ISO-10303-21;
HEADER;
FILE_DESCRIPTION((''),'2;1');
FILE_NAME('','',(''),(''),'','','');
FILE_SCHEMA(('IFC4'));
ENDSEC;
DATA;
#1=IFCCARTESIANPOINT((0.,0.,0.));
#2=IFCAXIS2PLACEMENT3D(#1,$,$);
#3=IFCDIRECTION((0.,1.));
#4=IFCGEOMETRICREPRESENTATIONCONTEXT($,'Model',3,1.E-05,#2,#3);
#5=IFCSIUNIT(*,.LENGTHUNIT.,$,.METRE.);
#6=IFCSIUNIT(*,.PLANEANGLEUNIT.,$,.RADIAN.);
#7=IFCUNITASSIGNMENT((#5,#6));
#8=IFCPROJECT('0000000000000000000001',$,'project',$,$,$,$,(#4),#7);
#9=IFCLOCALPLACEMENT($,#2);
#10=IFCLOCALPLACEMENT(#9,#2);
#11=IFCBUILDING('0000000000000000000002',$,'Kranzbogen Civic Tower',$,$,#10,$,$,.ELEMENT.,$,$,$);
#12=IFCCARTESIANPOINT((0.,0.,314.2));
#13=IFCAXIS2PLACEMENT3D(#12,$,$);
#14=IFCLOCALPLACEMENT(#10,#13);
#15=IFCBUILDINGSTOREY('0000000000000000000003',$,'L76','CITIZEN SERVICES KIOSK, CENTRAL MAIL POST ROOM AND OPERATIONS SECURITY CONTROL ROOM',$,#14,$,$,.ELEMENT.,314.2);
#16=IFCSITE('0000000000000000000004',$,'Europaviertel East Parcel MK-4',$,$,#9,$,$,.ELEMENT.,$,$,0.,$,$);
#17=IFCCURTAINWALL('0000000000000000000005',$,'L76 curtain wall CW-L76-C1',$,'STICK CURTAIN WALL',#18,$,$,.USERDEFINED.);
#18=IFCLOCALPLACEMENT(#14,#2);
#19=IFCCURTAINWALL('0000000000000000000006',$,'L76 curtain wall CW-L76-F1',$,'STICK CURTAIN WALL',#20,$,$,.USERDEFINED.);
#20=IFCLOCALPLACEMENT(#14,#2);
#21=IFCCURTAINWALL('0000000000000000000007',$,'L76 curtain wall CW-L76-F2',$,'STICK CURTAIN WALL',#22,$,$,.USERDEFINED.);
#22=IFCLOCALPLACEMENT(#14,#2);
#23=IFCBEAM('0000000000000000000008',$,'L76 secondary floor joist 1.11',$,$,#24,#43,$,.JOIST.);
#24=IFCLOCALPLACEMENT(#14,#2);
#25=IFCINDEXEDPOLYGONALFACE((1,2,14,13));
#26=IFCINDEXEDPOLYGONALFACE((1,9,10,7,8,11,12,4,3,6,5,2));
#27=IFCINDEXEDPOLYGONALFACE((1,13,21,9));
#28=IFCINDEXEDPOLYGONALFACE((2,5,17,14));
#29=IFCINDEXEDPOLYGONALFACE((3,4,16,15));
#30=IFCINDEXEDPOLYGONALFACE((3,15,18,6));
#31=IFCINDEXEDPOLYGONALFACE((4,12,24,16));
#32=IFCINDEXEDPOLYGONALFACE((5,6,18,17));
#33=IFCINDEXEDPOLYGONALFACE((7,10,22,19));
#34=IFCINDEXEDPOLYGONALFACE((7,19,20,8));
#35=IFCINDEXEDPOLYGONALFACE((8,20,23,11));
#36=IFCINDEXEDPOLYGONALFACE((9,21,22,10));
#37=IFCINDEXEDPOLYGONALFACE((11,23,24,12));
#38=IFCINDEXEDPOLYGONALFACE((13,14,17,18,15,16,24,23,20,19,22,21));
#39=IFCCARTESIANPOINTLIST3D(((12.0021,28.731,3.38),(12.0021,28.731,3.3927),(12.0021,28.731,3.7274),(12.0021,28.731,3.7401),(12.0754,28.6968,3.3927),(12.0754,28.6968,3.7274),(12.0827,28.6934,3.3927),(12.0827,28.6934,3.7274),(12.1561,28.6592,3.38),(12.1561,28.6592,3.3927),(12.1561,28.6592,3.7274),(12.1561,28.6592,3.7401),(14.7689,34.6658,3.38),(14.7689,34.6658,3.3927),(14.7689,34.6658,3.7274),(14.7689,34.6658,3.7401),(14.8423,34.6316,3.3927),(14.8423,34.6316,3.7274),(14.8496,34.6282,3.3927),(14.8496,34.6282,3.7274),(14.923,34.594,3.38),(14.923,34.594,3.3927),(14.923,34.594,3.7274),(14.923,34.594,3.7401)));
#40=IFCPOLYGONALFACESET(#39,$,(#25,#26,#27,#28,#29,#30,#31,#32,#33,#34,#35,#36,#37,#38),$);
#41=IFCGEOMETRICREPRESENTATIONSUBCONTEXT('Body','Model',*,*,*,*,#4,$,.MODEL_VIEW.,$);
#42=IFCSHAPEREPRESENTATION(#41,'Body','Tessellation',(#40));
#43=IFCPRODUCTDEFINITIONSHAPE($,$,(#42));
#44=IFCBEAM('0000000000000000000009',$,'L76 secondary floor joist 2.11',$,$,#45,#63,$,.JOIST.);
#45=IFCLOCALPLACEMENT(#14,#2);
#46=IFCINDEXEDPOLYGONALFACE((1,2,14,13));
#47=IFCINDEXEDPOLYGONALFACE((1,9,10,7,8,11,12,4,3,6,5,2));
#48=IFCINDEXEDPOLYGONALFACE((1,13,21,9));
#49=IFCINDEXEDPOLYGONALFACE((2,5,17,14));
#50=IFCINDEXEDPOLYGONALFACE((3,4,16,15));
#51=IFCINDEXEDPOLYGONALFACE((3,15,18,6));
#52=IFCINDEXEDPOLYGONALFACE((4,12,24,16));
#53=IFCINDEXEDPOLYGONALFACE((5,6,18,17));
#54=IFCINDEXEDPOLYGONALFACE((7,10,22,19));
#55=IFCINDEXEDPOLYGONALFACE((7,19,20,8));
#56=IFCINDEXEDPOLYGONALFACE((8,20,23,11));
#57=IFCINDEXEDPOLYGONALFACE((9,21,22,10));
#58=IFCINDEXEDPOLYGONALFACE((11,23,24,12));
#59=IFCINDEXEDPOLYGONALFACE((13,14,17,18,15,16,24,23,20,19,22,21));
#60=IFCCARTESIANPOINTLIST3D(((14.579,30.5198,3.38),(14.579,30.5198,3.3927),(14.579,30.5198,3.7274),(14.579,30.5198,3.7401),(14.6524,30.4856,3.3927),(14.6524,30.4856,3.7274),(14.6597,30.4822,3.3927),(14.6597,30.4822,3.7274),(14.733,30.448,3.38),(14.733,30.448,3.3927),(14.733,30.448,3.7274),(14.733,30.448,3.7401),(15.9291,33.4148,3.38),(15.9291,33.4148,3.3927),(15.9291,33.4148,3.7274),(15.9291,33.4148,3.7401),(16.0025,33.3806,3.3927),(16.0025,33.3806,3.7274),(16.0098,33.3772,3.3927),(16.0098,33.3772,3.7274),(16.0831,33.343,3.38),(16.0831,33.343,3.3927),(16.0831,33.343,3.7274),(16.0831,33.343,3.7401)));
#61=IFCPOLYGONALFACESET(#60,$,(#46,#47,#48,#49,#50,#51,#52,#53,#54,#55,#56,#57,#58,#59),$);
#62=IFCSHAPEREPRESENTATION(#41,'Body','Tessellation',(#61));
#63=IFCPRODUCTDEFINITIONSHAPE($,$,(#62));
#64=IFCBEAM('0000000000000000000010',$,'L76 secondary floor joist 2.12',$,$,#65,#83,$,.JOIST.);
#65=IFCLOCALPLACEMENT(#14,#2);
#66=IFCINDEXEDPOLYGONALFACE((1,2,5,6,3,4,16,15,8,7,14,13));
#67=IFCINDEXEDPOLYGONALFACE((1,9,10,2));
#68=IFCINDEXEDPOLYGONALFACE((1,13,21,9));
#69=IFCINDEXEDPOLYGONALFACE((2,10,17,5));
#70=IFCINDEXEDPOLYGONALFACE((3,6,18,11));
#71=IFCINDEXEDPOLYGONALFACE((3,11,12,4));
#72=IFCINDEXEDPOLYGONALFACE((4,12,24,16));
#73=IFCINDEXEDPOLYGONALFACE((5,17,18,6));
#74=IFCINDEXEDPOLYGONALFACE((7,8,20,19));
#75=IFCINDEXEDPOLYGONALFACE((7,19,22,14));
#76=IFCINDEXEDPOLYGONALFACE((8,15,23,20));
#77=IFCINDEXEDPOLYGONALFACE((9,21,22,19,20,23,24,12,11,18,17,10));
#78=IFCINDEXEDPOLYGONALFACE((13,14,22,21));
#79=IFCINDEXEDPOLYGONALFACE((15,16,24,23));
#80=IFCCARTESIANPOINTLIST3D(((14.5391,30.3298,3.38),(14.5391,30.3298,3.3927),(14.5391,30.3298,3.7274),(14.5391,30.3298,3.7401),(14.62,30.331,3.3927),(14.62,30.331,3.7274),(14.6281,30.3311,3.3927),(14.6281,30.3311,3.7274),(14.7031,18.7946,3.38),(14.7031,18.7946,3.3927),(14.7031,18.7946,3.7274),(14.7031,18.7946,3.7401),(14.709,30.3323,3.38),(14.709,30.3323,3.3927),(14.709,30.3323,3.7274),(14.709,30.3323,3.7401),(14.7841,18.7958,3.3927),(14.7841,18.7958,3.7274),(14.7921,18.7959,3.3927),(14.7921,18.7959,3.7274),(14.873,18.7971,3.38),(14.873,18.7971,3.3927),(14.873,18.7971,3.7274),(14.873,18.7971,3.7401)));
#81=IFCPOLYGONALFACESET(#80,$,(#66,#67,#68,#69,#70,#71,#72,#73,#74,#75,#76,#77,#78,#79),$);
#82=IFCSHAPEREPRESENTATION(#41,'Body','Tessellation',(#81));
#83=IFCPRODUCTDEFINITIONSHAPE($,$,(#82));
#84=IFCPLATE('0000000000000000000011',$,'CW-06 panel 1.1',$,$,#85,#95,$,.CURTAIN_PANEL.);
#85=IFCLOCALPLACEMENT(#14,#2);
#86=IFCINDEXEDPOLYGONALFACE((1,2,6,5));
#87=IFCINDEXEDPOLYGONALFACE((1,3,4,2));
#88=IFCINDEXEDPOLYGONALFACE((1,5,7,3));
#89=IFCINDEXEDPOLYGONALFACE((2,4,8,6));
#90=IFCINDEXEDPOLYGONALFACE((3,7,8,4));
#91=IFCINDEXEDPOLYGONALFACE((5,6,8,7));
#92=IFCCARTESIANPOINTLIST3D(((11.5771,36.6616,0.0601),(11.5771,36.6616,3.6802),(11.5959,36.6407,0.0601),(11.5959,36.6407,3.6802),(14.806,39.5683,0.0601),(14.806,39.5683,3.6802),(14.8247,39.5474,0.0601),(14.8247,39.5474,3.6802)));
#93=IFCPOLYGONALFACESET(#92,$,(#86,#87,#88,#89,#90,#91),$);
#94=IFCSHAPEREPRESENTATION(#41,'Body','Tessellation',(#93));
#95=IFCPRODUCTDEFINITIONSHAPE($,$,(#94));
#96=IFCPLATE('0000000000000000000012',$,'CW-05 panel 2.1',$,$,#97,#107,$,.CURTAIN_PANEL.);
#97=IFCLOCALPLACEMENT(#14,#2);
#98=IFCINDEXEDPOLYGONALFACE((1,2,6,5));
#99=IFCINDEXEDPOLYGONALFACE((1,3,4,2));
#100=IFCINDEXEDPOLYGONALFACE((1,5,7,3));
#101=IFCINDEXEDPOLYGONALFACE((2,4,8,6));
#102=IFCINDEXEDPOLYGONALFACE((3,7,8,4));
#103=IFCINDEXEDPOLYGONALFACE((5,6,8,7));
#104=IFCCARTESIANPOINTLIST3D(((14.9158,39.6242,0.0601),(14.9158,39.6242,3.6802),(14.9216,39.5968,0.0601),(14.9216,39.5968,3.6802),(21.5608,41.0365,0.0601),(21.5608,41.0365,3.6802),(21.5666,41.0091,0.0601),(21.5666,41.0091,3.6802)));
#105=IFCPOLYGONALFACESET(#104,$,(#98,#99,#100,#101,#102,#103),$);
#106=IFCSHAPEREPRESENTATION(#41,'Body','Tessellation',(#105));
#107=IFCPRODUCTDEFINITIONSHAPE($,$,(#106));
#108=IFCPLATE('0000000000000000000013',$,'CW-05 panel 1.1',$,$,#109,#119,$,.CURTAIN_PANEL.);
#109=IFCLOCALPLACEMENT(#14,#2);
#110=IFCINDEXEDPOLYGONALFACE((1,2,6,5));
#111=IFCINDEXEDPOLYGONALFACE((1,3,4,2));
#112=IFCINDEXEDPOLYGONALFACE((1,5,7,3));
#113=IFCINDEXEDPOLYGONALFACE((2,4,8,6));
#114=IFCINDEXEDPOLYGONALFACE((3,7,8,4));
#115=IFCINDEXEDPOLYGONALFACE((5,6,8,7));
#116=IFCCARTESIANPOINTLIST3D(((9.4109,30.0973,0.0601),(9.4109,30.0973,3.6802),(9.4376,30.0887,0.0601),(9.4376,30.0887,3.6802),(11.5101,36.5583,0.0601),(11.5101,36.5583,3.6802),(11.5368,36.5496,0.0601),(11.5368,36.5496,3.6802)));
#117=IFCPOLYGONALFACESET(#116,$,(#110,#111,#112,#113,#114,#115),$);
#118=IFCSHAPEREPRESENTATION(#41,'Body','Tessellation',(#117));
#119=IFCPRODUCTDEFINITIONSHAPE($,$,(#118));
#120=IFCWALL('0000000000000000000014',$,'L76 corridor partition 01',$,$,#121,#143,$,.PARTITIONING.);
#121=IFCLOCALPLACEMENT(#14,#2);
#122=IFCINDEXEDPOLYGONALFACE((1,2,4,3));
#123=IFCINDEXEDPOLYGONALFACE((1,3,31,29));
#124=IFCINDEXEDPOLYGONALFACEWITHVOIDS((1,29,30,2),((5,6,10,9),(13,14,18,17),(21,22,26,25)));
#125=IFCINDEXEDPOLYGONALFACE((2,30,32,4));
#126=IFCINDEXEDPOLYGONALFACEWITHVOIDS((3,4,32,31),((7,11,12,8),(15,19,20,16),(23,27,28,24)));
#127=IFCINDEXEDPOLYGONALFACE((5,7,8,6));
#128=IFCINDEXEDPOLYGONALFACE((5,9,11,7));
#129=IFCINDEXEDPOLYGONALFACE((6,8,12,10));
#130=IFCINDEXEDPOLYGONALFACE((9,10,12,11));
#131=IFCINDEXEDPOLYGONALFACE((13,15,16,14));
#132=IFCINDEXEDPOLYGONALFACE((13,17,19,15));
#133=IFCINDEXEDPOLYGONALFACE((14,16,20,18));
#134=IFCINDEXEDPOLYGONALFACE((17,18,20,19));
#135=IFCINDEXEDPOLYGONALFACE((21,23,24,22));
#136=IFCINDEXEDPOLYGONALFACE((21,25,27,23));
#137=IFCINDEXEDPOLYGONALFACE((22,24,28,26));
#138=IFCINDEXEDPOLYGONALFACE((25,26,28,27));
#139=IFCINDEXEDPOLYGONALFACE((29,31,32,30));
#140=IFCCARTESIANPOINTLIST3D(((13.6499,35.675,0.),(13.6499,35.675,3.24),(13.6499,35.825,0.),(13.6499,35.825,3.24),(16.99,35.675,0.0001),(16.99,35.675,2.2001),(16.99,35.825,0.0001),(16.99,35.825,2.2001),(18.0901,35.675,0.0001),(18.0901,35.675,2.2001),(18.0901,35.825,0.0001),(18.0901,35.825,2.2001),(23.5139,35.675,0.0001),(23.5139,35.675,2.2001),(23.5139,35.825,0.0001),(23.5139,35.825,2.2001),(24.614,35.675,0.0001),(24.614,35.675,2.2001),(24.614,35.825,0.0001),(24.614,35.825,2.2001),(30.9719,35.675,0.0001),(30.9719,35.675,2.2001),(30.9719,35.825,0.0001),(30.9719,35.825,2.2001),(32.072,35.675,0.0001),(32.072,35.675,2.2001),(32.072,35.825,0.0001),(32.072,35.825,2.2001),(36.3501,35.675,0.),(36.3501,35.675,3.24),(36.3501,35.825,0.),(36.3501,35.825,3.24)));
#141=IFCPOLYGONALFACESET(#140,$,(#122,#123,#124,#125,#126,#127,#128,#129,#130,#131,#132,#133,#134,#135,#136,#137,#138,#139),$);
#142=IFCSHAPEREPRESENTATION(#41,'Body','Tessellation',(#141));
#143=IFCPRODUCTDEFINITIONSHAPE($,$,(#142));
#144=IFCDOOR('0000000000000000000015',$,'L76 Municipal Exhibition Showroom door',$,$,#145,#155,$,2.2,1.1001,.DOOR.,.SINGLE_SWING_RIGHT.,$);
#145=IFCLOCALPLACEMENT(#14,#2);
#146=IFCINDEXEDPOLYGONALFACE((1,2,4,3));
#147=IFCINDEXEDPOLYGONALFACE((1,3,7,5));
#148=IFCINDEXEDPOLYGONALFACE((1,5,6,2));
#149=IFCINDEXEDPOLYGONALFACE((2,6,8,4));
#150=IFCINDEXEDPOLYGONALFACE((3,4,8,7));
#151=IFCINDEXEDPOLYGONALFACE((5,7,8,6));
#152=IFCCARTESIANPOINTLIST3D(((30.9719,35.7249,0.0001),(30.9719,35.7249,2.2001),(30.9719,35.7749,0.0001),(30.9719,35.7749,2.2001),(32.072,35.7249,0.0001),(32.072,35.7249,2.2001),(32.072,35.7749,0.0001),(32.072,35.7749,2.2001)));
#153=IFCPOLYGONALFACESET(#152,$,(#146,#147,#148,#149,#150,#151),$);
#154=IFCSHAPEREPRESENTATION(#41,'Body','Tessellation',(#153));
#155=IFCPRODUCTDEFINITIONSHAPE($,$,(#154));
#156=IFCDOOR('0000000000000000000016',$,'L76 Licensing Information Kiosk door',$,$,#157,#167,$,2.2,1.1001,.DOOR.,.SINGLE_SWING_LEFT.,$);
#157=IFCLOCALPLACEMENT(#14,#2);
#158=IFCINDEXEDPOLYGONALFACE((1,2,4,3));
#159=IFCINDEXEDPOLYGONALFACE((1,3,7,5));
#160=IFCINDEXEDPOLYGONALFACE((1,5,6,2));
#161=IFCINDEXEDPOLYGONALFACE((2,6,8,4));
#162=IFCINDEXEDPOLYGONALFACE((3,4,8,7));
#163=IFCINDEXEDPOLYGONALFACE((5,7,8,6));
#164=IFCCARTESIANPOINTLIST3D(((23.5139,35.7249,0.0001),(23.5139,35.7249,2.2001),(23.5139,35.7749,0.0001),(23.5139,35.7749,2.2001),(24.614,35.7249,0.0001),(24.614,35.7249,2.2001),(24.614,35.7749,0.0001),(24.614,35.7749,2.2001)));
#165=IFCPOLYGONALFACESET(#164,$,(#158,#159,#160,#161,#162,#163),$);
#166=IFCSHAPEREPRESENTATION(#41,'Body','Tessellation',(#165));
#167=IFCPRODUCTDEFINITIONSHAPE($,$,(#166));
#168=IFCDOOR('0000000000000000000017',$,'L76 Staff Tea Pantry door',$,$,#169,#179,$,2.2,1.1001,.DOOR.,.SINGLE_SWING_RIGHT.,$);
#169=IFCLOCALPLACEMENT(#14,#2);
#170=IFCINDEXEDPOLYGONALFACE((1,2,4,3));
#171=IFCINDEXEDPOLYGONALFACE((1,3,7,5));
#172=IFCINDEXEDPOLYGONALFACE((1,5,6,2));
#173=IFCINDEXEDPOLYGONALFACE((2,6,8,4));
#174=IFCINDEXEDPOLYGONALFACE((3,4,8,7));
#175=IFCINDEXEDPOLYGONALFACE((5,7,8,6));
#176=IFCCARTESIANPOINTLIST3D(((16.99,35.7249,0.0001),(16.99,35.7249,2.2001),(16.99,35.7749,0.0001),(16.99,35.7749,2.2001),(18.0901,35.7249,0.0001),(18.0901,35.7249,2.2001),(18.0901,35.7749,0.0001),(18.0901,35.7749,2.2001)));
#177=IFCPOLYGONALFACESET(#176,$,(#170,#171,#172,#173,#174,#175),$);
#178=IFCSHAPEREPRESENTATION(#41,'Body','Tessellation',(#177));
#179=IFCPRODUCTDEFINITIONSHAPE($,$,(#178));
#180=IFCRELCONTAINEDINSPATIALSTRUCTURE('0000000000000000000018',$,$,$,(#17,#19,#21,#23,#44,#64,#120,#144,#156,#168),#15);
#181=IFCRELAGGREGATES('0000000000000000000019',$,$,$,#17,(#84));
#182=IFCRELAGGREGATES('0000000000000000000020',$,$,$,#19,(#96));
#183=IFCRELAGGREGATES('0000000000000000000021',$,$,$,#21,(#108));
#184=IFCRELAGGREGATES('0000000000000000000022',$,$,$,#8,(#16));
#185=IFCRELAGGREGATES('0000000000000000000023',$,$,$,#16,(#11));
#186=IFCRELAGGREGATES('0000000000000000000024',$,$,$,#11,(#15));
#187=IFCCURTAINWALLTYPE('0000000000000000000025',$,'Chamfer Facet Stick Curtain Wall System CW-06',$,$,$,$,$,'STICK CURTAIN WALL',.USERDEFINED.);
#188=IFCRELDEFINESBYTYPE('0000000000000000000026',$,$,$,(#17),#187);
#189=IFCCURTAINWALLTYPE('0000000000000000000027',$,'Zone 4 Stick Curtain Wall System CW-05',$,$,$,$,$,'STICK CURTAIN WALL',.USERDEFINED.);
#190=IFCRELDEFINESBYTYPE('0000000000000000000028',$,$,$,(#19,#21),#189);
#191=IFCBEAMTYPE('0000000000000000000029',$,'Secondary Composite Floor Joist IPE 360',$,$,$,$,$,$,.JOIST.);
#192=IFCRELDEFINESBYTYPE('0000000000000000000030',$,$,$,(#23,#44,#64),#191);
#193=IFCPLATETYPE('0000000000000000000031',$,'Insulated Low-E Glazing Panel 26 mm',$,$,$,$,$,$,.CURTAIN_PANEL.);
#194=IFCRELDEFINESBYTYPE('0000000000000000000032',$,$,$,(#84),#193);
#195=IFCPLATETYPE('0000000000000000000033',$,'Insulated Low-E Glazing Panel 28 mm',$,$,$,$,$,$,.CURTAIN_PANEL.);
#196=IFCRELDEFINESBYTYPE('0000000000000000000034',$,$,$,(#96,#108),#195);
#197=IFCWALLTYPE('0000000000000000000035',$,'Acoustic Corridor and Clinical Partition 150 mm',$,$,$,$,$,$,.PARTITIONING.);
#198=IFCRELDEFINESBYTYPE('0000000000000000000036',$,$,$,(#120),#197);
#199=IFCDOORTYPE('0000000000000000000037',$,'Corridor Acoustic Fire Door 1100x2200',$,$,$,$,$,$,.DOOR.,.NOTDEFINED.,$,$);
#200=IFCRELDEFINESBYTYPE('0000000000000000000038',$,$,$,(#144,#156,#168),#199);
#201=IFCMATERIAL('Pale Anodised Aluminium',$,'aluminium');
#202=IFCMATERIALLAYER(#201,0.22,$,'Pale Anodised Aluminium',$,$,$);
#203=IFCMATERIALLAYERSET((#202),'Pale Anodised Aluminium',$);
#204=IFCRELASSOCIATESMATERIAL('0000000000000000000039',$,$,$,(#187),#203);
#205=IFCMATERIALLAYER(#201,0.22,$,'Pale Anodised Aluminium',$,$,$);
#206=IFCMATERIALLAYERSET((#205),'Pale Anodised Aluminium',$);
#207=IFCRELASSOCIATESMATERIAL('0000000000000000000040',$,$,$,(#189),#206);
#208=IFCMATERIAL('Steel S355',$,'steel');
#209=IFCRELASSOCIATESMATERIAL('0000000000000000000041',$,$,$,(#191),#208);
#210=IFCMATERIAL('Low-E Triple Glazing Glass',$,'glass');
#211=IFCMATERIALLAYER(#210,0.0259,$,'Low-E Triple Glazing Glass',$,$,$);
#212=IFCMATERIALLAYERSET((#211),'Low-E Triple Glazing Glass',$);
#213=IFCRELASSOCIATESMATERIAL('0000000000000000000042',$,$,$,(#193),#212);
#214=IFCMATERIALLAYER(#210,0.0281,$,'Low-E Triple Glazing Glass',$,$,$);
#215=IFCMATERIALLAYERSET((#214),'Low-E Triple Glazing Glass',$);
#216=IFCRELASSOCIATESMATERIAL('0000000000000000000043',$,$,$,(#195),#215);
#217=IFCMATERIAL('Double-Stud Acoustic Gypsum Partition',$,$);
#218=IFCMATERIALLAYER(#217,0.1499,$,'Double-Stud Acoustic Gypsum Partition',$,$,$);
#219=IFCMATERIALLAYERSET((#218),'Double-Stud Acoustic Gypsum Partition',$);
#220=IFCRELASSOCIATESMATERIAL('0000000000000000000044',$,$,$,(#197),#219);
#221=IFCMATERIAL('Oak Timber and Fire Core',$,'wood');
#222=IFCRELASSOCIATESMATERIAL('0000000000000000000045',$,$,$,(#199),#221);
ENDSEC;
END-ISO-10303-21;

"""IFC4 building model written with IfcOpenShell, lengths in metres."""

from ifc_helpers import new_model, si_unit, direction, frame, frame_2d, origin, origin_2d, place, context, subcontext, project, spatial, rectangle, i_section, extrude, material, layer, layer_set, material_profile, profile_set, type_object, element, fill, aggregate, save


model = new_model("IFC4")

# Units and contexts
model_context = context("Model", 3, precision=1e-05, world=origin(), true_north=direction((0.0, 1.0)))
body_context = subcontext(model_context, "Body", "Model", "MODEL_VIEW")
ifc_project = project(units=[si_unit("LENGTHUNIT", "METRE"), si_unit("PLANEANGLEUNIT", "RADIAN")], contexts=[model_context])

# Site, building, storey
site_placement = place(None, origin())
site = spatial("IfcSite", under=ifc_project, at=site_placement, Name="Europaviertel East Parcel MK-4", CompositionType="ELEMENT", RefElevation=0.0)
building_placement = place(site_placement, origin())
building = spatial("IfcBuilding", under=site, at=building_placement, Name="Kranzbogen Civic Tower", CompositionType="ELEMENT")
storey_placement = place(building_placement, frame((0.0, 0.0, 314.2)))
storey = spatial("IfcBuildingStorey", under=building, at=storey_placement, Name="L76", Description="CITIZEN SERVICES KIOSK, CENTRAL MAIL POST ROOM AND OPERATIONS SECURITY CONTROL ROOM", CompositionType="ELEMENT", Elevation=314.2)

# Shared definitions
ifc_material_1 = material(Name="Steel S355", Category="steel")

# Curtain walls
ifc_material_2 = material(Name="Pale Anodised Aluminium", Category="aluminium")
ifc_layer_1 = layer(ifc_material_2, 0.22, Name="Pale Anodised Aluminium")
ifc_layer_set_1 = layer_set([ifc_layer_1], Name="Pale Anodised Aluminium")
curtain_wall_type_1 = type_object("IfcCurtainWallType", Name="Chamfer Facet Stick Curtain Wall System CW-06", ElementType="STICK CURTAIN WALL", PredefinedType="USERDEFINED", material=ifc_layer_set_1)
curtain_wall_1_placement = place(storey_placement, origin())
curtain_wall_1 = element("IfcCurtainWall", 1, at=curtain_wall_1_placement, inside=storey, type_object=curtain_wall_type_1, Name="L76 curtain wall CW-L76-C1", ObjectType="STICK CURTAIN WALL", PredefinedType="USERDEFINED")
ifc_layer_2 = layer(ifc_material_2, 0.22, Name="Pale Anodised Aluminium")
ifc_layer_set_2 = layer_set([ifc_layer_2], Name="Pale Anodised Aluminium")
curtain_wall_type_2 = type_object("IfcCurtainWallType", Name="Zone 4 Stick Curtain Wall System CW-05", ElementType="STICK CURTAIN WALL", PredefinedType="USERDEFINED", material=ifc_layer_set_2)
curtain_wall_2_placement = place(storey_placement, origin())
curtain_wall_2 = element("IfcCurtainWall", 2, at=curtain_wall_2_placement, inside=storey, type_object=curtain_wall_type_2, Name="L76 curtain wall CW-L76-F1", ObjectType="STICK CURTAIN WALL", PredefinedType="USERDEFINED")
curtain_wall_3_placement = place(storey_placement, origin())
curtain_wall_3 = element("IfcCurtainWall", 3, at=curtain_wall_3_placement, inside=storey, type_object=curtain_wall_type_2, Name="L76 curtain wall CW-L76-F2", ObjectType="STICK CURTAIN WALL", PredefinedType="USERDEFINED")

# Beams
ifc_material_profile_1 = material_profile(ifc_material_1, i_section(OverallWidth=0.1699, OverallDepth=0.3601, WebThickness=0.0081, FlangeThickness=0.0127, at=origin_2d()), Name="IPE 360")
ifc_profile_set_1 = profile_set([ifc_material_profile_1], Name="Steel S355")
beam_type_1 = type_object("IfcBeamType", Name="Secondary Composite Floor Joist IPE 360", PredefinedType="JOIST", material=ifc_profile_set_1)
beam_1_placement = place(storey_placement, frame((14.8459, 34.6299, 3.5601), z_axis=(-0.422543, -0.906343, 0.0), x_axis=(0.906343, -0.422543, 0.0)))
element("IfcBeam", 4, at=beam_1_placement, inside=storey, type_object=beam_type_1, Name="L76 secondary floor joist 1.11", PredefinedType="JOIST", context=body_context, shape_type="SweptSolid", body=[
    extrude(i_section(OverallWidth=0.1699, OverallDepth=0.3601, WebThickness=0.0081, FlangeThickness=0.0127, at=origin_2d()), origin(), (0.0, 0.0, 1.0), 6.5481),
])
beam_2_placement = place(storey_placement, frame((16.0061, 33.3789, 3.5601), z_axis=(-0.422651, -0.906292, 0.0), x_axis=(0.906292, -0.422651, 0.0)))
element("IfcBeam", 5, at=beam_2_placement, inside=storey, type_object=beam_type_1, Name="L76 secondary floor joist 2.11", PredefinedType="JOIST", context=body_context, shape_type="SweptSolid", body=[
    extrude(i_section(OverallWidth=0.1699, OverallDepth=0.3601, WebThickness=0.0081, FlangeThickness=0.0127, at=origin_2d()), origin(), (0.0, 0.0, 1.0), 3.1943),
])
beam_3_placement = place(storey_placement, frame((14.624, 30.3311, 3.5601), z_axis=(0.014221, -0.999899, 0.0), x_axis=(0.999899, 0.014221, 0.0)))
element("IfcBeam", 6, at=beam_3_placement, inside=storey, type_object=beam_type_1, Name="L76 secondary floor joist 2.12", PredefinedType="JOIST", context=body_context, shape_type="SweptSolid", body=[
    extrude(i_section(OverallWidth=0.1699, OverallDepth=0.3601, WebThickness=0.0081, FlangeThickness=0.0127, at=origin_2d()), origin(), (0.0, 0.0, 1.0), 11.5364),
])

# Plates
ifc_material_3 = material(Name="Low-E Triple Glazing Glass", Category="glass")
ifc_layer_3 = layer(ifc_material_3, 0.0259, Name="Low-E Triple Glazing Glass")
ifc_layer_set_3 = layer_set([ifc_layer_3], Name="Low-E Triple Glazing Glass")
plate_type_1 = type_object("IfcPlateType", Name="Insulated Low-E Glazing Panel 26 mm", PredefinedType="CURTAIN_PANEL", material=ifc_layer_set_3)
plate_1_placement = place(storey_placement, frame((13.2009, 38.1045, 0.0601), z_axis=(0.0, 0.0, 1.0), x_axis=(-0.743205, -0.669064, 0.0)))
plate_1 = element("IfcPlate", 7, at=plate_1_placement, type_object=plate_type_1, Name="CW-06 panel 1.1", PredefinedType="CURTAIN_PANEL", context=body_context, shape_type="SweptSolid", body=[
    extrude(rectangle(XDim=4.3445, YDim=0.0281, at=origin_2d()), origin(), (0.0, 0.0, 1.0), 3.6201),
])
aggregate(curtain_wall_1, [plate_1])
ifc_layer_4 = layer(ifc_material_3, 0.0281, Name="Low-E Triple Glazing Glass")
ifc_layer_set_4 = layer_set([ifc_layer_4], Name="Low-E Triple Glazing Glass")
plate_type_2 = type_object("IfcPlateType", Name="Insulated Low-E Glazing Panel 28 mm", PredefinedType="CURTAIN_PANEL", material=ifc_layer_set_4)
plate_2_placement = place(storey_placement, frame((18.2412, 40.3167, 0.0601), z_axis=(0.0, 0.0, 1.0), x_axis=(-0.978152, -0.207892, 0.0)))
plate_2 = element("IfcPlate", 8, at=plate_2_placement, type_object=plate_type_2, Name="CW-05 panel 2.1", PredefinedType="CURTAIN_PANEL", context=body_context, shape_type="SweptSolid", body=[
    extrude(rectangle(XDim=6.7935, YDim=0.0281, at=origin_2d()), origin(), (0.0, 0.0, 1.0), 3.6201),
])
aggregate(curtain_wall_2, [plate_2])
plate_3_placement = place(storey_placement, frame((10.4739, 33.3235, 0.0601), z_axis=(0.0, 0.0, 1.0), x_axis=(-0.309006, -0.95106, 0.0)))
plate_3 = element("IfcPlate", 9, at=plate_3_placement, type_object=plate_type_2, Name="CW-05 panel 1.1", PredefinedType="CURTAIN_PANEL", context=body_context, shape_type="SweptSolid", body=[
    extrude(rectangle(XDim=6.7935, YDim=0.0281, at=origin_2d()), origin(), (0.0, 0.0, 1.0), 3.6201),
])
aggregate(curtain_wall_3, [plate_3])

# Wall, openings, doors
ifc_material_4 = material(Name="Double-Stud Acoustic Gypsum Partition")
ifc_layer_5 = layer(ifc_material_4, 0.1499, Name="Double-Stud Acoustic Gypsum Partition")
ifc_layer_set_5 = layer_set([ifc_layer_5], Name="Double-Stud Acoustic Gypsum Partition")
wall_type_1 = type_object("IfcWallType", Name="Acoustic Corridor and Clinical Partition 150 mm", PredefinedType="PARTITIONING", material=ifc_layer_set_5)
wall_1_placement = place(storey_placement, frame((13.6499, 35.75, 0.0), z_axis=(0.0, 0.0, 1.0), x_axis=(1.0, 0.0, 0.0)))
wall_1 = element("IfcWall", 10, at=wall_1_placement, inside=storey, type_object=wall_type_1, Name="L76 corridor partition 01", PredefinedType="PARTITIONING", context=body_context, shape_type="SweptSolid", body=[
    extrude(rectangle(XDim=22.7002, YDim=0.1499, at=frame_2d((11.3501, 0.0))), origin(), (0.0, 0.0, 1.0), 3.24),
])
opening_1_placement = place(wall_1_placement, frame((17.322, 0.0, 0.0)))
opening_1 = element("IfcOpeningElement", 11, at=opening_1_placement, cuts=wall_1, PredefinedType="OPENING", context=body_context, shape_type="SweptSolid", body=[
    extrude(rectangle(XDim=1.1001, YDim=2.2, at=frame_2d((0.55, 1.1001))), frame((0.0, 0.085, 0.0), z_axis=(0.0, -1.0, 0.0), x_axis=(1.0, 0.0, 0.0)), (0.0, 0.0, 1.0), 0.1699),
])
opening_2_placement = place(wall_1_placement, frame((9.864, 0.0, 0.0)))
opening_2 = element("IfcOpeningElement", 12, at=opening_2_placement, cuts=wall_1, PredefinedType="OPENING", context=body_context, shape_type="SweptSolid", body=[
    extrude(rectangle(XDim=1.1001, YDim=2.2, at=frame_2d((0.55, 1.1001))), frame((0.0, 0.085, 0.0), z_axis=(0.0, -1.0, 0.0), x_axis=(1.0, 0.0, 0.0)), (0.0, 0.0, 1.0), 0.1699),
])
opening_3_placement = place(wall_1_placement, frame((3.3401, 0.0, 0.0)))
opening_3 = element("IfcOpeningElement", 13, at=opening_3_placement, cuts=wall_1, PredefinedType="OPENING", context=body_context, shape_type="SweptSolid", body=[
    extrude(rectangle(XDim=1.1001, YDim=2.2, at=frame_2d((0.55, 1.1001))), frame((0.0, 0.085, 0.0), z_axis=(0.0, -1.0, 0.0), x_axis=(1.0, 0.0, 0.0)), (0.0, 0.0, 1.0), 0.1699),
])
ifc_material_5 = material(Name="Oak Timber and Fire Core", Category="wood")
door_type_1 = type_object("IfcDoorType", Name="Corridor Acoustic Fire Door 1100x2200", OperationType="NOTDEFINED", PredefinedType="DOOR", material=ifc_material_5)
door_1_placement = place(opening_1_placement, origin())
door_1 = element("IfcDoor", 14, at=door_1_placement, inside=storey, type_object=door_type_1, Name="L76 Municipal Exhibition Showroom door", OperationType="SINGLE_SWING_RIGHT", OverallHeight=2.2, OverallWidth=1.1001, PredefinedType="DOOR", context=body_context, shape_type="SweptSolid", body=[
    extrude(rectangle(XDim=1.1001, YDim=2.2, at=frame_2d((0.55, 1.1001))), frame((0.0, 0.0249, 0.0), z_axis=(0.0, -1.0, 0.0), x_axis=(1.0, 0.0, 0.0)), (0.0, 0.0, 1.0), 0.05),
])
fill(opening_1, door_1)
door_2_placement = place(opening_2_placement, origin())
door_2 = element("IfcDoor", 15, at=door_2_placement, inside=storey, type_object=door_type_1, Name="L76 Licensing Information Kiosk door", OperationType="SINGLE_SWING_LEFT", OverallHeight=2.2, OverallWidth=1.1001, PredefinedType="DOOR", context=body_context, shape_type="SweptSolid", body=[
    extrude(rectangle(XDim=1.1001, YDim=2.2, at=frame_2d((0.55, 1.1001))), frame((0.0, 0.0249, 0.0), z_axis=(0.0, -1.0, 0.0), x_axis=(1.0, 0.0, 0.0)), (0.0, 0.0, 1.0), 0.05),
])
fill(opening_2, door_2)
door_3_placement = place(opening_3_placement, origin())
door_3 = element("IfcDoor", 16, at=door_3_placement, inside=storey, type_object=door_type_1, Name="L76 Staff Tea Pantry door", OperationType="SINGLE_SWING_RIGHT", OverallHeight=2.2, OverallWidth=1.1001, PredefinedType="DOOR", context=body_context, shape_type="SweptSolid", body=[
    extrude(rectangle(XDim=1.1001, YDim=2.2, at=frame_2d((0.55, 1.1001))), frame((0.0, 0.0249, 0.0), z_axis=(0.0, -1.0, 0.0), x_axis=(1.0, 0.0, 0.0)), (0.0, 0.0, 1.0), 0.05),
])
fill(opening_3, door_3)

save(model, "model.ifc")
